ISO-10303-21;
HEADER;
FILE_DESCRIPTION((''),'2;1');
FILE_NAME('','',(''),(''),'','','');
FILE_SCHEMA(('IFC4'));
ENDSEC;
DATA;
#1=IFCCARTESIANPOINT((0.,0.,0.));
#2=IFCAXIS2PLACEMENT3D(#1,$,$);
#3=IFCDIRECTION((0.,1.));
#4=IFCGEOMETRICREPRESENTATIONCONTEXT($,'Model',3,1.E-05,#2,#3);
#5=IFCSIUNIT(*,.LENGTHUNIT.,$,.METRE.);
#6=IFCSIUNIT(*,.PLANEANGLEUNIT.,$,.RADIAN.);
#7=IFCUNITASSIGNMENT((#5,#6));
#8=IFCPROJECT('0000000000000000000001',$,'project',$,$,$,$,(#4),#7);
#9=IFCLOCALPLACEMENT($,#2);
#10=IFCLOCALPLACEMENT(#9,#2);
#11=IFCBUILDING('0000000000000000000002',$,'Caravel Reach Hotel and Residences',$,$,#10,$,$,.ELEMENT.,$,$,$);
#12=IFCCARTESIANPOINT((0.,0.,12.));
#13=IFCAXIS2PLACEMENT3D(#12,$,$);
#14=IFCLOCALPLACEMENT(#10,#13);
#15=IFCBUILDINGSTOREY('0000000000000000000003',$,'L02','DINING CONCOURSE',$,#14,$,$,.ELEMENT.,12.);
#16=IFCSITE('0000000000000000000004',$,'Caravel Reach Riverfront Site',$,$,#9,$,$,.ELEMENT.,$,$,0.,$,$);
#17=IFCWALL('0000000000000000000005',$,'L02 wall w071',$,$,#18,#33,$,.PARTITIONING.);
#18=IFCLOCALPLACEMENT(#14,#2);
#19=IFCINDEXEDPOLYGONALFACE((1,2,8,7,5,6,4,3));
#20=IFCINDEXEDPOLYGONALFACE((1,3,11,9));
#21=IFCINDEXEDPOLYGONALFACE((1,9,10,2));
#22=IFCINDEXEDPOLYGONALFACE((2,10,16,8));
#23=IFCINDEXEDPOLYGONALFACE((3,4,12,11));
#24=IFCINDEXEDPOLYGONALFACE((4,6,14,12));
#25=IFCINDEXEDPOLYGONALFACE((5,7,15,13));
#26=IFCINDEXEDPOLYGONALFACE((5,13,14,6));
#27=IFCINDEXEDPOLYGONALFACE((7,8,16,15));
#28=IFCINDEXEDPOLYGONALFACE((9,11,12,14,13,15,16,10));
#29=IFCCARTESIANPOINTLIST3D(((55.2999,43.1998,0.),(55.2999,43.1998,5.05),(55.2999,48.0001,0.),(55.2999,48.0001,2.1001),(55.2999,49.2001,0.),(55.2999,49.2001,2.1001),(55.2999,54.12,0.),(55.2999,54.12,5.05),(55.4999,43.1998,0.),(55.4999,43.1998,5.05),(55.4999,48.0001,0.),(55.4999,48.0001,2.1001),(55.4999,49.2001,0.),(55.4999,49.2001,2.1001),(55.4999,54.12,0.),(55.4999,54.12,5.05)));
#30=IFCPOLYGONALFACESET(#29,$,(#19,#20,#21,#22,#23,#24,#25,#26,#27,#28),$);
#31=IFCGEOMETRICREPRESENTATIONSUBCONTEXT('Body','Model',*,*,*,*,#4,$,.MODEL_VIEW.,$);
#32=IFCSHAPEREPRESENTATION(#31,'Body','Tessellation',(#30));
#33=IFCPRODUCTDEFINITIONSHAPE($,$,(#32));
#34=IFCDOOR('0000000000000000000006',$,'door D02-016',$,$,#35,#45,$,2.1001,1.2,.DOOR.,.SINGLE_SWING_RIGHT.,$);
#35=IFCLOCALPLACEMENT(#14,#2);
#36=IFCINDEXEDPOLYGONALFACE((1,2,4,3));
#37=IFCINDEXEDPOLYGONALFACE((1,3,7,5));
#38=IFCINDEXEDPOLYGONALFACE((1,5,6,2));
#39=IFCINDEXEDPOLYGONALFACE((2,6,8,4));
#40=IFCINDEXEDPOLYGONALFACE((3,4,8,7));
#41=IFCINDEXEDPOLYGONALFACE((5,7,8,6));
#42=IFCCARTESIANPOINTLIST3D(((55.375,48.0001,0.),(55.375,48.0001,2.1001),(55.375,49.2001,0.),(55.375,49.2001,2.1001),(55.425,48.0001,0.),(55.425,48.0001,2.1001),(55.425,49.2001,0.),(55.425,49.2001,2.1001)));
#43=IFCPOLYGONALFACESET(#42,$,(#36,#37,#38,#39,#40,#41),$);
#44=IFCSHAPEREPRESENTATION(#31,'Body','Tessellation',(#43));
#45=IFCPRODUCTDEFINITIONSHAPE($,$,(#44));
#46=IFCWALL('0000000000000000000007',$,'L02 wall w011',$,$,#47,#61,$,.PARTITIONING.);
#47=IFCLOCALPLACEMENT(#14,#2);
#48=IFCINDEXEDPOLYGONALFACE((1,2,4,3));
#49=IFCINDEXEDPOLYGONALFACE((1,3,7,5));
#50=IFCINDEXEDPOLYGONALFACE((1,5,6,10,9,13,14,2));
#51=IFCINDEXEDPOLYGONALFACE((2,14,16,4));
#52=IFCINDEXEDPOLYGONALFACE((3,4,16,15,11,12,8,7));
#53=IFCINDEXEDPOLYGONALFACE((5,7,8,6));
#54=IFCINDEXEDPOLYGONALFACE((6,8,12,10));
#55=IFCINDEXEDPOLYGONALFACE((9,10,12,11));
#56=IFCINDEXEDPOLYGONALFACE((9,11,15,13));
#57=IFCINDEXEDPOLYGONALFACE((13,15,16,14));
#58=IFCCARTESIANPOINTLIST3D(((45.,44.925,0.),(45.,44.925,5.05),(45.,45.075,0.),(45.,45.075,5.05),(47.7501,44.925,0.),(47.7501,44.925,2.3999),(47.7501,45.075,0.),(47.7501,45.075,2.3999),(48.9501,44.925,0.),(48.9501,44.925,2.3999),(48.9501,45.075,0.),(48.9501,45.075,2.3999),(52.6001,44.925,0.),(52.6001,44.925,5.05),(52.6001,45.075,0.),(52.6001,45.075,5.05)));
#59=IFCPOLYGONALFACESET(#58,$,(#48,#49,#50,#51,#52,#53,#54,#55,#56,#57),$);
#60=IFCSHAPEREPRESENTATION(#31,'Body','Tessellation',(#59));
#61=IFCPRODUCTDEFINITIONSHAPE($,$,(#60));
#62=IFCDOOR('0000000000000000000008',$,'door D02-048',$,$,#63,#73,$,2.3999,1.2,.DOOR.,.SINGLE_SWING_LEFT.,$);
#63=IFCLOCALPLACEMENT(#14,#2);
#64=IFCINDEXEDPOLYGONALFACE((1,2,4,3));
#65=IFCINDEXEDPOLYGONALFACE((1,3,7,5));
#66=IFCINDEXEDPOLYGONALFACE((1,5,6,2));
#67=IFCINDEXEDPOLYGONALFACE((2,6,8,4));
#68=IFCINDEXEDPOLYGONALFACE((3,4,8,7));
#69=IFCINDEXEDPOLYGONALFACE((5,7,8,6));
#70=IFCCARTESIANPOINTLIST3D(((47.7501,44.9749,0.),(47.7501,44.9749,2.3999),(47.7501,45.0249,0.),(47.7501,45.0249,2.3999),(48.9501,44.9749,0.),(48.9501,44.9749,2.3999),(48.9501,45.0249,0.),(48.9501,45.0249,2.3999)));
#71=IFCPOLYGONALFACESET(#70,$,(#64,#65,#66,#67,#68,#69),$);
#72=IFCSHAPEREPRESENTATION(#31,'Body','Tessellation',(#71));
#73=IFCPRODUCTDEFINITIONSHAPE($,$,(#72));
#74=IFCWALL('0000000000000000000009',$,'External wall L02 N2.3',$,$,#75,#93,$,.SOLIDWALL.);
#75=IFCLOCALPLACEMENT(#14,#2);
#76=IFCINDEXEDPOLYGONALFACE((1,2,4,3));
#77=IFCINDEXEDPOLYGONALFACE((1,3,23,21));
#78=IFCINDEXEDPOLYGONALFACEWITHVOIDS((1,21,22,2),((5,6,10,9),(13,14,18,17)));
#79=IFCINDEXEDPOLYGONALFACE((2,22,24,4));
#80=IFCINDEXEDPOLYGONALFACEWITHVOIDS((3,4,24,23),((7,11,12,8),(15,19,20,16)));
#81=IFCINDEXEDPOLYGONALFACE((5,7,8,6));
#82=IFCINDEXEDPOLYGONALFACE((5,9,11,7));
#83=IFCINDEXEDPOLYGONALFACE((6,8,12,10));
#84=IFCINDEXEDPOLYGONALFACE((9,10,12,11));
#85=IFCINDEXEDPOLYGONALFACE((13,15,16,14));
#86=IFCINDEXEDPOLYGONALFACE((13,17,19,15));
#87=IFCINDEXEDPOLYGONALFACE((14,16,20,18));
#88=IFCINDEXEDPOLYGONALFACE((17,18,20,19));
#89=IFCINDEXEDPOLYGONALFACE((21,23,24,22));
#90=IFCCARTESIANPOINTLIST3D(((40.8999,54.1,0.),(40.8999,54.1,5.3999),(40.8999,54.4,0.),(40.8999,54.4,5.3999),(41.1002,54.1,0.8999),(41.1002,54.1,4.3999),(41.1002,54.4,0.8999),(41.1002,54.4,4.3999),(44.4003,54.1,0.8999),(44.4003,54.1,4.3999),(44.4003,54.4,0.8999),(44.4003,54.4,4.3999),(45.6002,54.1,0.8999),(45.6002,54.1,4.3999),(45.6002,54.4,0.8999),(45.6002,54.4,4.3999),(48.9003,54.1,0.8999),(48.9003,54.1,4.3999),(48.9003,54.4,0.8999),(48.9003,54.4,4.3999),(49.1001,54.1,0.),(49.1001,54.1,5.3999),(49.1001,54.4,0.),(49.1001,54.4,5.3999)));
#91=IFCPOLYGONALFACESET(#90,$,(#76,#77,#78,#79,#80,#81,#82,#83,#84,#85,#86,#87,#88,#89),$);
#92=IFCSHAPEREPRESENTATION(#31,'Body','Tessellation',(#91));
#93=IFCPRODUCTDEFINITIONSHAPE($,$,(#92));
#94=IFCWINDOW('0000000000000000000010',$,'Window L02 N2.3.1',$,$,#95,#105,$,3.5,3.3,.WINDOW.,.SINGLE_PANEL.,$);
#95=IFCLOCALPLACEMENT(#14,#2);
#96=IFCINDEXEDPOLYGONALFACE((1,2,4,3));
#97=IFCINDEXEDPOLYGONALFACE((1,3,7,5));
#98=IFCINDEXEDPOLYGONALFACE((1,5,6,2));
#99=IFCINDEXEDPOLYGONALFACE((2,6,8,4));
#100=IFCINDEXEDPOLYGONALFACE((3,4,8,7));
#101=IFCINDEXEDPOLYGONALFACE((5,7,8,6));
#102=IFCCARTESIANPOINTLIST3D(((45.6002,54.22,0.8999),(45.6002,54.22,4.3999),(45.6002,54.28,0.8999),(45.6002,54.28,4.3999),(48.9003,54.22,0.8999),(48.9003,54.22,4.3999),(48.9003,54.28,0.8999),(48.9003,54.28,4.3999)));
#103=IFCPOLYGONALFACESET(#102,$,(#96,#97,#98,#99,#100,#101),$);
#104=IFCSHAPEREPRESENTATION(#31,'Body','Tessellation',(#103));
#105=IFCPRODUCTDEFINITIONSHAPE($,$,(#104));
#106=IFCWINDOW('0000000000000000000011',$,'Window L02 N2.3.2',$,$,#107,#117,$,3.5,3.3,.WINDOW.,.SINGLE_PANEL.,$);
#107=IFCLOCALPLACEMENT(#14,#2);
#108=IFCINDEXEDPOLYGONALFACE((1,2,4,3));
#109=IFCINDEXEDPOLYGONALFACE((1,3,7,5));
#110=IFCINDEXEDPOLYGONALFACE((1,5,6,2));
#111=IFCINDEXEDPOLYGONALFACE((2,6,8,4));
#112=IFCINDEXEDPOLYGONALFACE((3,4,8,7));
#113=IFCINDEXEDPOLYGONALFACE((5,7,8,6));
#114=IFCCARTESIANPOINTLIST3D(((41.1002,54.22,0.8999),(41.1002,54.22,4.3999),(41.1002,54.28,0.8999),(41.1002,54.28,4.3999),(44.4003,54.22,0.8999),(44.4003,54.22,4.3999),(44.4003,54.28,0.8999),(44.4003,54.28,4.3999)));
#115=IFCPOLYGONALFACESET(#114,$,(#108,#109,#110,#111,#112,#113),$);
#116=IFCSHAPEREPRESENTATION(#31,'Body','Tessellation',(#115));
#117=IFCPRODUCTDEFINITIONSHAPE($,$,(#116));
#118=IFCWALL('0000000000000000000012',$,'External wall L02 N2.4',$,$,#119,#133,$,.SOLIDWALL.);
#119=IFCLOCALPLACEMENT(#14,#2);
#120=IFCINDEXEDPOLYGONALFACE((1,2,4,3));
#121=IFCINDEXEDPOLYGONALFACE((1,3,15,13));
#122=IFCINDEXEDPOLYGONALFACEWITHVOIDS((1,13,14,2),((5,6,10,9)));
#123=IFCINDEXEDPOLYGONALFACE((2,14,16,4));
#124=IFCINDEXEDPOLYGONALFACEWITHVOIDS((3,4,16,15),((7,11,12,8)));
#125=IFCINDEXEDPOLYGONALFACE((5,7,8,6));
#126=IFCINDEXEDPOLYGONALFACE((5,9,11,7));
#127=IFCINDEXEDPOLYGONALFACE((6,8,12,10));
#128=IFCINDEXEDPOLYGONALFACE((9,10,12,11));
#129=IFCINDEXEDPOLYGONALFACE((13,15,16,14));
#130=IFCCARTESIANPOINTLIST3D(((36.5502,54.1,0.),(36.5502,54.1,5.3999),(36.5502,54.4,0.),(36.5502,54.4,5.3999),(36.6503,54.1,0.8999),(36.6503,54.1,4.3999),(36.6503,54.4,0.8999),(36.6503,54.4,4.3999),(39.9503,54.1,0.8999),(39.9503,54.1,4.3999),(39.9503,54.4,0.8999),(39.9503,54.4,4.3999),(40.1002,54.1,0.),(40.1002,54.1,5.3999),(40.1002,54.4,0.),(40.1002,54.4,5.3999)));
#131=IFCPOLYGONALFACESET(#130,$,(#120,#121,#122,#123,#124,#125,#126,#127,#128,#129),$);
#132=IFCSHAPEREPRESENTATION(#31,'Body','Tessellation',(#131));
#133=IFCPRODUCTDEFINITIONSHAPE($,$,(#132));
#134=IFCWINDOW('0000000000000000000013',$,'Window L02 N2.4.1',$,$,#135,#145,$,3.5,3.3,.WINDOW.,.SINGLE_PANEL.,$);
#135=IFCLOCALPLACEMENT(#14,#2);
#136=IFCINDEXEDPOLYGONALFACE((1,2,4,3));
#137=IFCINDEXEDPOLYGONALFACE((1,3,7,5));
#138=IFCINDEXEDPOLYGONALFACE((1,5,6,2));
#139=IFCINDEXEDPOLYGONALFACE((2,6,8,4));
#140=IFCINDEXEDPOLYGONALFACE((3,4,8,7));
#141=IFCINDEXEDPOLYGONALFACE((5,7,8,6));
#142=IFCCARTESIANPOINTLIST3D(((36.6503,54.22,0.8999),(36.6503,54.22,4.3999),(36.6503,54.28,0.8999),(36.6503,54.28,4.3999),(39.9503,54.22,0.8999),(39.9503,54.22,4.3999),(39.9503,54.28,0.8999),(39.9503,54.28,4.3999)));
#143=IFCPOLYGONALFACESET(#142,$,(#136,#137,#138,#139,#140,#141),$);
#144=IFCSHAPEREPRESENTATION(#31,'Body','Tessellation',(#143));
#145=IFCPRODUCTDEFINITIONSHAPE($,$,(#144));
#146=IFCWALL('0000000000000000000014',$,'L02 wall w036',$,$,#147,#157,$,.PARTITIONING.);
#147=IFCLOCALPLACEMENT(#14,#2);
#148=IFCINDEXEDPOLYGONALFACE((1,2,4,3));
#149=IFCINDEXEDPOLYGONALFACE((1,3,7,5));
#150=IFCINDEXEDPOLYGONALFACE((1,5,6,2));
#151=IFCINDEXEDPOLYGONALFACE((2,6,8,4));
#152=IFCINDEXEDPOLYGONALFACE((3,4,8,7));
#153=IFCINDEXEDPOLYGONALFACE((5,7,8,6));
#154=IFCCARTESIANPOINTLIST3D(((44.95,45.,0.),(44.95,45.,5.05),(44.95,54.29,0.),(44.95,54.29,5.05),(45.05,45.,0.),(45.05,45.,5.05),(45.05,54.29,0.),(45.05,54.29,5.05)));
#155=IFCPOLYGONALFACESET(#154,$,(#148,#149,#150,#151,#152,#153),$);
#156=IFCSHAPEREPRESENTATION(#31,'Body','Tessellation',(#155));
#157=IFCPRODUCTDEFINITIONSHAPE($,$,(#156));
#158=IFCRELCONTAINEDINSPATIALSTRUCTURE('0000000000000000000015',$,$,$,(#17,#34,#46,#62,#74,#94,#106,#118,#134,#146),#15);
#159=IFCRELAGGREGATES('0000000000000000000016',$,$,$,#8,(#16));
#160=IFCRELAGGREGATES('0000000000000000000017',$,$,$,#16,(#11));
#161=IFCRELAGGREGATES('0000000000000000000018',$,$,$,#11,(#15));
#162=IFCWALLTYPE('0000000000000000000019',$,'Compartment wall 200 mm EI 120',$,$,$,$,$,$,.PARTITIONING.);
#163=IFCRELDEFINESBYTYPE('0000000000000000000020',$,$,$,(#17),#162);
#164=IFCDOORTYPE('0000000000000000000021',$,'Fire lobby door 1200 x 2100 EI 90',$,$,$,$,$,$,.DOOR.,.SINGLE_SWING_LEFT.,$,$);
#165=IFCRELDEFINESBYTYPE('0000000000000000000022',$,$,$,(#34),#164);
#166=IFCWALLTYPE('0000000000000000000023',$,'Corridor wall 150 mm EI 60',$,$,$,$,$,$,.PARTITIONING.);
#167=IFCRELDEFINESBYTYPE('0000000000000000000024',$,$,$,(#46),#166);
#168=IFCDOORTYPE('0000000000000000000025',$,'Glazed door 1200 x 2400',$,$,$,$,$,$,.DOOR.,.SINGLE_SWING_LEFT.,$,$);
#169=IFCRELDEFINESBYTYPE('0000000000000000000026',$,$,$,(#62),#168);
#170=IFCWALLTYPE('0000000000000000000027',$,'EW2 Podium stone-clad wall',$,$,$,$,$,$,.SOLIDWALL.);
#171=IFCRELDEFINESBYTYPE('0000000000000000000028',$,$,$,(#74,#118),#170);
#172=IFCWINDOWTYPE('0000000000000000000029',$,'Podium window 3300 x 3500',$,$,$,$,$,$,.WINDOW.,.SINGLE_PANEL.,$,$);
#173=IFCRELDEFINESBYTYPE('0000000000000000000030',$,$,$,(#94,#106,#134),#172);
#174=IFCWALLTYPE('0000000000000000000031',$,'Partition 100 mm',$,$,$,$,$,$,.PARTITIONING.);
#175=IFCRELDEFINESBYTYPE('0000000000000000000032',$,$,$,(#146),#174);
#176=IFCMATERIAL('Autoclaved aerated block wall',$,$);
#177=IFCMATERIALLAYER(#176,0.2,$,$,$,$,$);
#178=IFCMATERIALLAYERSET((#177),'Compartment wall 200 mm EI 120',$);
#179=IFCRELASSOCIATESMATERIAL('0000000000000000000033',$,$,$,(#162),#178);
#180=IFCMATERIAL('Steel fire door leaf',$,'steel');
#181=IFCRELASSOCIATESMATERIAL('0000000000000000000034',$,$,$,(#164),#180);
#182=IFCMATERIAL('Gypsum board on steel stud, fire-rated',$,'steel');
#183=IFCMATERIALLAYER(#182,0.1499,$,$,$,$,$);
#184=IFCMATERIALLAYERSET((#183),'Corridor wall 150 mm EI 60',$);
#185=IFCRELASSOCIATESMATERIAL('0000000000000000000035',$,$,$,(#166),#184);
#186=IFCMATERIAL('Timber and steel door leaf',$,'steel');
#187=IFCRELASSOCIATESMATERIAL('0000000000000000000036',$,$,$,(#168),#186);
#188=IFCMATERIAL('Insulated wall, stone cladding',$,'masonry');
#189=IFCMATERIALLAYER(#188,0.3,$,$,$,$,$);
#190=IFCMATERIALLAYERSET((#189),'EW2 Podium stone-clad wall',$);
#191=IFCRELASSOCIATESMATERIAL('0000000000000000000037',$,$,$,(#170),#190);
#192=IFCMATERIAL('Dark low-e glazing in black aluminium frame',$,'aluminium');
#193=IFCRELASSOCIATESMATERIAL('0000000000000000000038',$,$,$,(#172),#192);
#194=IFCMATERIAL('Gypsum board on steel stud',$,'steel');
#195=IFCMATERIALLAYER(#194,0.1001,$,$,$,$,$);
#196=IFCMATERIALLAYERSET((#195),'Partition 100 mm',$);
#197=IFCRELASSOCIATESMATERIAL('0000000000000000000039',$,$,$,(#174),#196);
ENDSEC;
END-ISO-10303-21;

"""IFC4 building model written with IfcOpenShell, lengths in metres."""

from ifc_helpers import new_model, si_unit, direction, frame, frame_2d, origin, place, context, subcontext, project, spatial, rectangle, extrude, material, layer, layer_set, type_object, element, fill, save


model = new_model("IFC4")

# Units and contexts
model_context = context("Model", 3, precision=1e-05, world=origin(), true_north=direction((0.0, 1.0)))
body_context = subcontext(model_context, "Body", "Model", "MODEL_VIEW")
ifc_project = project(units=[si_unit("LENGTHUNIT", "METRE"), si_unit("PLANEANGLEUNIT", "RADIAN")], contexts=[model_context])

# Site, building, storey
site_placement = place(None, origin())
site = spatial("IfcSite", under=ifc_project, at=site_placement, Name="Caravel Reach Riverfront Site", CompositionType="ELEMENT", RefElevation=0.0)
building_placement = place(site_placement, origin())
building = spatial("IfcBuilding", under=site, at=building_placement, Name="Caravel Reach Hotel and Residences", CompositionType="ELEMENT")
storey_placement = place(building_placement, frame((0.0, 0.0, 12.0)))
storey = spatial("IfcBuildingStorey", under=building, at=storey_placement, Name="L02", Description="DINING CONCOURSE", CompositionType="ELEMENT", Elevation=12.0)

# Shared definitions
ifc_material_1 = material(Name="Autoclaved aerated block wall")
ifc_layer_1 = layer(ifc_material_1, 0.2)
ifc_layer_set_1 = layer_set([ifc_layer_1], Name="Compartment wall 200 mm EI 120")
wall_type_1 = type_object("IfcWallType", Name="Compartment wall 200 mm EI 120", PredefinedType="PARTITIONING", material=ifc_layer_set_1)

# Walls, openings, doors
wall_1_placement = place(storey_placement, frame((55.3999, 43.2, 0.0), z_axis=(0.0, 0.0, 1.0), x_axis=(0.0, 1.0, 0.0)))
wall_1 = element("IfcWall", 1, at=wall_1_placement, inside=storey, type_object=wall_type_1, Name="L02 wall w071", PredefinedType="PARTITIONING", context=body_context, shape_type="SweptSolid", body=[
    extrude(rectangle(XDim=10.9202, YDim=0.2, at=frame_2d((5.46, 0.0))), origin(), (0.0, 0.0, 1.0), 5.05),
])
opening_1_placement = place(wall_1_placement, frame((4.8, 0.0, 0.0)))
opening_1 = element("IfcOpeningElement", 2, at=opening_1_placement, cuts=wall_1, PredefinedType="OPENING", context=body_context, shape_type="SweptSolid", body=[
    extrude(rectangle(XDim=1.2, YDim=2.1001, at=frame_2d((0.6001, 1.05))), frame((0.0, 0.1099, 0.0), z_axis=(0.0, -1.0, 0.0), x_axis=(1.0, 0.0, 0.0)), (0.0, 0.0, 1.0), 0.22),
])
ifc_material_2 = material(Name="Steel fire door leaf", Category="steel")
door_type_1 = type_object("IfcDoorType", Name="Fire lobby door 1200 x 2100 EI 90", OperationType="SINGLE_SWING_LEFT", PredefinedType="DOOR", material=ifc_material_2)
door_1_placement = place(opening_1_placement, origin())
door_1 = element("IfcDoor", 3, at=door_1_placement, inside=storey, type_object=door_type_1, Name="door D02-016", OperationType="SINGLE_SWING_RIGHT", OverallHeight=2.1001, OverallWidth=1.2, PredefinedType="DOOR", context=body_context, shape_type="SweptSolid", body=[
    extrude(rectangle(XDim=1.2, YDim=2.1001, at=frame_2d((0.6001, 1.05))), frame((0.0, 0.0249, 0.0), z_axis=(0.0, -1.0, 0.0), x_axis=(1.0, 0.0, 0.0)), (0.0, 0.0, 1.0), 0.05),
])
fill(opening_1, door_1)
ifc_material_3 = material(Name="Gypsum board on steel stud, fire-rated", Category="steel")
ifc_layer_2 = layer(ifc_material_3, 0.1499)
ifc_layer_set_2 = layer_set([ifc_layer_2], Name="Corridor wall 150 mm EI 60")
wall_type_2 = type_object("IfcWallType", Name="Corridor wall 150 mm EI 60", PredefinedType="PARTITIONING", material=ifc_layer_set_2)
wall_2_placement = place(storey_placement, frame((45.0, 45.0, 0.0), z_axis=(0.0, 0.0, 1.0), x_axis=(1.0, 0.0, 0.0)))
wall_2 = element("IfcWall", 4, at=wall_2_placement, inside=storey, type_object=wall_type_2, Name="L02 wall w011", PredefinedType="PARTITIONING", context=body_context, shape_type="SweptSolid", body=[
    extrude(rectangle(XDim=7.6001, YDim=0.1499, at=frame_2d((3.8, 0.0))), origin(), (0.0, 0.0, 1.0), 5.05),
])
opening_2_placement = place(wall_2_placement, frame((2.75, 0.0, 0.0)))
opening_2 = element("IfcOpeningElement", 5, at=opening_2_placement, cuts=wall_2, PredefinedType="OPENING", context=body_context, shape_type="SweptSolid", body=[
    extrude(rectangle(XDim=1.2, YDim=2.3999, at=frame_2d((0.6001, 1.2))), frame((0.0, 0.085, 0.0), z_axis=(0.0, -1.0, 0.0), x_axis=(1.0, 0.0, 0.0)), (0.0, 0.0, 1.0), 0.1699),
])
ifc_material_4 = material(Name="Timber and steel door leaf", Category="steel")
door_type_2 = type_object("IfcDoorType", Name="Glazed door 1200 x 2400", OperationType="SINGLE_SWING_LEFT", PredefinedType="DOOR", material=ifc_material_4)
door_2_placement = place(opening_2_placement, origin())
door_2 = element("IfcDoor", 6, at=door_2_placement, inside=storey, type_object=door_type_2, Name="door D02-048", OperationType="SINGLE_SWING_LEFT", OverallHeight=2.3999, OverallWidth=1.2, PredefinedType="DOOR", context=body_context, shape_type="SweptSolid", body=[
    extrude(rectangle(XDim=1.2, YDim=2.3999, at=frame_2d((0.6001, 1.2))), frame((0.0, 0.0249, 0.0), z_axis=(0.0, -1.0, 0.0), x_axis=(1.0, 0.0, 0.0)), (0.0, 0.0, 1.0), 0.05),
])
fill(opening_2, door_2)

# Wall, openings, windows
ifc_material_5 = material(Name="Insulated wall, stone cladding", Category="masonry")
ifc_layer_3 = layer(ifc_material_5, 0.3)
ifc_layer_set_3 = layer_set([ifc_layer_3], Name="EW2 Podium stone-clad wall")
wall_type_3 = type_object("IfcWallType", Name="EW2 Podium stone-clad wall", PredefinedType="SOLIDWALL", material=ifc_layer_set_3)
wall_3_placement = place(storey_placement, frame((49.1001, 54.25, 0.0), z_axis=(0.0, 0.0, 1.0), x_axis=(-1.0, 0.0, 0.0)))
wall_3 = element("IfcWall", 7, at=wall_3_placement, inside=storey, type_object=wall_type_3, Name="External wall L02 N2.3", PredefinedType="SOLIDWALL", context=body_context, shape_type="SweptSolid", body=[
    extrude(rectangle(XDim=8.2002, YDim=0.3, at=frame_2d((4.1001, 0.0))), origin(), (0.0, 0.0, 1.0), 5.3999),
])
opening_3_placement = place(wall_3_placement, frame((0.2, 0.0, 0.8999)))
opening_3 = element("IfcOpeningElement", 8, at=opening_3_placement, cuts=wall_3, PredefinedType="OPENING", context=body_context, shape_type="SweptSolid", body=[
    extrude(rectangle(XDim=3.3, YDim=3.5, at=frame_2d((1.6499, 1.75))), frame((0.0, 0.1599, 0.0), z_axis=(0.0, -1.0, 0.0), x_axis=(1.0, 0.0, 0.0)), (0.0, 0.0, 1.0), 0.3201),
])
opening_4_placement = place(wall_3_placement, frame((4.7, 0.0, 0.8999)))
opening_4 = element("IfcOpeningElement", 9, at=opening_4_placement, cuts=wall_3, PredefinedType="OPENING", context=body_context, shape_type="SweptSolid", body=[
    extrude(rectangle(XDim=3.3, YDim=3.5, at=frame_2d((1.6499, 1.75))), frame((0.0, 0.1599, 0.0), z_axis=(0.0, -1.0, 0.0), x_axis=(1.0, 0.0, 0.0)), (0.0, 0.0, 1.0), 0.3201),
])
ifc_material_6 = material(Name="Dark low-e glazing in black aluminium frame", Category="aluminium")
window_type = type_object("IfcWindowType", Name="Podium window 3300 x 3500", PartitioningType="SINGLE_PANEL", PredefinedType="WINDOW", material=ifc_material_6)
window_1_placement = place(opening_3_placement, origin())
window_1 = element("IfcWindow", 10, at=window_1_placement, inside=storey, type_object=window_type, Name="Window L02 N2.3.1", OverallHeight=3.5, OverallWidth=3.3, PartitioningType="SINGLE_PANEL", PredefinedType="WINDOW", context=body_context, shape_type="SweptSolid", body=[
    extrude(rectangle(XDim=3.3, YDim=3.5, at=frame_2d((1.6499, 1.75))), frame((0.0, 0.03, 0.0), z_axis=(0.0, -1.0, 0.0), x_axis=(1.0, 0.0, 0.0)), (0.0, 0.0, 1.0), 0.0601),
])
fill(opening_3, window_1)
window_2_placement = place(opening_4_placement, origin())
window_2 = element("IfcWindow", 11, at=window_2_placement, inside=storey, type_object=window_type, Name="Window L02 N2.3.2", OverallHeight=3.5, OverallWidth=3.3, PartitioningType="SINGLE_PANEL", PredefinedType="WINDOW", context=body_context, shape_type="SweptSolid", body=[
    extrude(rectangle(XDim=3.3, YDim=3.5, at=frame_2d((1.6499, 1.75))), frame((0.0, 0.03, 0.0), z_axis=(0.0, -1.0, 0.0), x_axis=(1.0, 0.0, 0.0)), (0.0, 0.0, 1.0), 0.0601),
])
fill(opening_4, window_2)

# Wall, opening, window
wall_4_placement = place(storey_placement, frame((40.1001, 54.25, 0.0), z_axis=(0.0, 0.0, 1.0), x_axis=(-1.0, 0.0, 0.0)))
wall_4 = element("IfcWall", 12, at=wall_4_placement, inside=storey, type_object=wall_type_3, Name="External wall L02 N2.4", PredefinedType="SOLIDWALL", context=body_context, shape_type="SweptSolid", body=[
    extrude(rectangle(XDim=3.55, YDim=0.3, at=frame_2d((1.7749, 0.0))), origin(), (0.0, 0.0, 1.0), 5.3999),
])
opening_5_placement = place(wall_4_placement, frame((0.1499, 0.0, 0.8999)))
opening_5 = element("IfcOpeningElement", 13, at=opening_5_placement, cuts=wall_4, PredefinedType="OPENING", context=body_context, shape_type="SweptSolid", body=[
    extrude(rectangle(XDim=3.3, YDim=3.5, at=frame_2d((1.6499, 1.75))), frame((0.0, 0.1599, 0.0), z_axis=(0.0, -1.0, 0.0), x_axis=(1.0, 0.0, 0.0)), (0.0, 0.0, 1.0), 0.3201),
])
window_3_placement = place(opening_5_placement, origin())
window_3 = element("IfcWindow", 14, at=window_3_placement, inside=storey, type_object=window_type, Name="Window L02 N2.4.1", OverallHeight=3.5, OverallWidth=3.3, PartitioningType="SINGLE_PANEL", PredefinedType="WINDOW", context=body_context, shape_type="SweptSolid", body=[
    extrude(rectangle(XDim=3.3, YDim=3.5, at=frame_2d((1.6499, 1.75))), frame((0.0, 0.03, 0.0), z_axis=(0.0, -1.0, 0.0), x_axis=(1.0, 0.0, 0.0)), (0.0, 0.0, 1.0), 0.0601),
])
fill(opening_5, window_3)

# Wall
ifc_material_7 = material(Name="Gypsum board on steel stud", Category="steel")
ifc_layer_4 = layer(ifc_material_7, 0.1001)
ifc_layer_set_4 = layer_set([ifc_layer_4], Name="Partition 100 mm")
wall_type_4 = type_object("IfcWallType", Name="Partition 100 mm", PredefinedType="PARTITIONING", material=ifc_layer_set_4)
wall_5_placement = place(storey_placement, frame((45.0, 45.0, 0.0), z_axis=(0.0, 0.0, 1.0), x_axis=(0.0, 1.0, 0.0)))
element("IfcWall", 15, at=wall_5_placement, inside=storey, type_object=wall_type_4, Name="L02 wall w036", PredefinedType="PARTITIONING", context=body_context, shape_type="SweptSolid", body=[
    extrude(rectangle(XDim=9.29, YDim=0.1001, at=frame_2d((4.645, 0.0))), origin(), (0.0, 0.0, 1.0), 5.05),
])

save(model, "model.ifc")
